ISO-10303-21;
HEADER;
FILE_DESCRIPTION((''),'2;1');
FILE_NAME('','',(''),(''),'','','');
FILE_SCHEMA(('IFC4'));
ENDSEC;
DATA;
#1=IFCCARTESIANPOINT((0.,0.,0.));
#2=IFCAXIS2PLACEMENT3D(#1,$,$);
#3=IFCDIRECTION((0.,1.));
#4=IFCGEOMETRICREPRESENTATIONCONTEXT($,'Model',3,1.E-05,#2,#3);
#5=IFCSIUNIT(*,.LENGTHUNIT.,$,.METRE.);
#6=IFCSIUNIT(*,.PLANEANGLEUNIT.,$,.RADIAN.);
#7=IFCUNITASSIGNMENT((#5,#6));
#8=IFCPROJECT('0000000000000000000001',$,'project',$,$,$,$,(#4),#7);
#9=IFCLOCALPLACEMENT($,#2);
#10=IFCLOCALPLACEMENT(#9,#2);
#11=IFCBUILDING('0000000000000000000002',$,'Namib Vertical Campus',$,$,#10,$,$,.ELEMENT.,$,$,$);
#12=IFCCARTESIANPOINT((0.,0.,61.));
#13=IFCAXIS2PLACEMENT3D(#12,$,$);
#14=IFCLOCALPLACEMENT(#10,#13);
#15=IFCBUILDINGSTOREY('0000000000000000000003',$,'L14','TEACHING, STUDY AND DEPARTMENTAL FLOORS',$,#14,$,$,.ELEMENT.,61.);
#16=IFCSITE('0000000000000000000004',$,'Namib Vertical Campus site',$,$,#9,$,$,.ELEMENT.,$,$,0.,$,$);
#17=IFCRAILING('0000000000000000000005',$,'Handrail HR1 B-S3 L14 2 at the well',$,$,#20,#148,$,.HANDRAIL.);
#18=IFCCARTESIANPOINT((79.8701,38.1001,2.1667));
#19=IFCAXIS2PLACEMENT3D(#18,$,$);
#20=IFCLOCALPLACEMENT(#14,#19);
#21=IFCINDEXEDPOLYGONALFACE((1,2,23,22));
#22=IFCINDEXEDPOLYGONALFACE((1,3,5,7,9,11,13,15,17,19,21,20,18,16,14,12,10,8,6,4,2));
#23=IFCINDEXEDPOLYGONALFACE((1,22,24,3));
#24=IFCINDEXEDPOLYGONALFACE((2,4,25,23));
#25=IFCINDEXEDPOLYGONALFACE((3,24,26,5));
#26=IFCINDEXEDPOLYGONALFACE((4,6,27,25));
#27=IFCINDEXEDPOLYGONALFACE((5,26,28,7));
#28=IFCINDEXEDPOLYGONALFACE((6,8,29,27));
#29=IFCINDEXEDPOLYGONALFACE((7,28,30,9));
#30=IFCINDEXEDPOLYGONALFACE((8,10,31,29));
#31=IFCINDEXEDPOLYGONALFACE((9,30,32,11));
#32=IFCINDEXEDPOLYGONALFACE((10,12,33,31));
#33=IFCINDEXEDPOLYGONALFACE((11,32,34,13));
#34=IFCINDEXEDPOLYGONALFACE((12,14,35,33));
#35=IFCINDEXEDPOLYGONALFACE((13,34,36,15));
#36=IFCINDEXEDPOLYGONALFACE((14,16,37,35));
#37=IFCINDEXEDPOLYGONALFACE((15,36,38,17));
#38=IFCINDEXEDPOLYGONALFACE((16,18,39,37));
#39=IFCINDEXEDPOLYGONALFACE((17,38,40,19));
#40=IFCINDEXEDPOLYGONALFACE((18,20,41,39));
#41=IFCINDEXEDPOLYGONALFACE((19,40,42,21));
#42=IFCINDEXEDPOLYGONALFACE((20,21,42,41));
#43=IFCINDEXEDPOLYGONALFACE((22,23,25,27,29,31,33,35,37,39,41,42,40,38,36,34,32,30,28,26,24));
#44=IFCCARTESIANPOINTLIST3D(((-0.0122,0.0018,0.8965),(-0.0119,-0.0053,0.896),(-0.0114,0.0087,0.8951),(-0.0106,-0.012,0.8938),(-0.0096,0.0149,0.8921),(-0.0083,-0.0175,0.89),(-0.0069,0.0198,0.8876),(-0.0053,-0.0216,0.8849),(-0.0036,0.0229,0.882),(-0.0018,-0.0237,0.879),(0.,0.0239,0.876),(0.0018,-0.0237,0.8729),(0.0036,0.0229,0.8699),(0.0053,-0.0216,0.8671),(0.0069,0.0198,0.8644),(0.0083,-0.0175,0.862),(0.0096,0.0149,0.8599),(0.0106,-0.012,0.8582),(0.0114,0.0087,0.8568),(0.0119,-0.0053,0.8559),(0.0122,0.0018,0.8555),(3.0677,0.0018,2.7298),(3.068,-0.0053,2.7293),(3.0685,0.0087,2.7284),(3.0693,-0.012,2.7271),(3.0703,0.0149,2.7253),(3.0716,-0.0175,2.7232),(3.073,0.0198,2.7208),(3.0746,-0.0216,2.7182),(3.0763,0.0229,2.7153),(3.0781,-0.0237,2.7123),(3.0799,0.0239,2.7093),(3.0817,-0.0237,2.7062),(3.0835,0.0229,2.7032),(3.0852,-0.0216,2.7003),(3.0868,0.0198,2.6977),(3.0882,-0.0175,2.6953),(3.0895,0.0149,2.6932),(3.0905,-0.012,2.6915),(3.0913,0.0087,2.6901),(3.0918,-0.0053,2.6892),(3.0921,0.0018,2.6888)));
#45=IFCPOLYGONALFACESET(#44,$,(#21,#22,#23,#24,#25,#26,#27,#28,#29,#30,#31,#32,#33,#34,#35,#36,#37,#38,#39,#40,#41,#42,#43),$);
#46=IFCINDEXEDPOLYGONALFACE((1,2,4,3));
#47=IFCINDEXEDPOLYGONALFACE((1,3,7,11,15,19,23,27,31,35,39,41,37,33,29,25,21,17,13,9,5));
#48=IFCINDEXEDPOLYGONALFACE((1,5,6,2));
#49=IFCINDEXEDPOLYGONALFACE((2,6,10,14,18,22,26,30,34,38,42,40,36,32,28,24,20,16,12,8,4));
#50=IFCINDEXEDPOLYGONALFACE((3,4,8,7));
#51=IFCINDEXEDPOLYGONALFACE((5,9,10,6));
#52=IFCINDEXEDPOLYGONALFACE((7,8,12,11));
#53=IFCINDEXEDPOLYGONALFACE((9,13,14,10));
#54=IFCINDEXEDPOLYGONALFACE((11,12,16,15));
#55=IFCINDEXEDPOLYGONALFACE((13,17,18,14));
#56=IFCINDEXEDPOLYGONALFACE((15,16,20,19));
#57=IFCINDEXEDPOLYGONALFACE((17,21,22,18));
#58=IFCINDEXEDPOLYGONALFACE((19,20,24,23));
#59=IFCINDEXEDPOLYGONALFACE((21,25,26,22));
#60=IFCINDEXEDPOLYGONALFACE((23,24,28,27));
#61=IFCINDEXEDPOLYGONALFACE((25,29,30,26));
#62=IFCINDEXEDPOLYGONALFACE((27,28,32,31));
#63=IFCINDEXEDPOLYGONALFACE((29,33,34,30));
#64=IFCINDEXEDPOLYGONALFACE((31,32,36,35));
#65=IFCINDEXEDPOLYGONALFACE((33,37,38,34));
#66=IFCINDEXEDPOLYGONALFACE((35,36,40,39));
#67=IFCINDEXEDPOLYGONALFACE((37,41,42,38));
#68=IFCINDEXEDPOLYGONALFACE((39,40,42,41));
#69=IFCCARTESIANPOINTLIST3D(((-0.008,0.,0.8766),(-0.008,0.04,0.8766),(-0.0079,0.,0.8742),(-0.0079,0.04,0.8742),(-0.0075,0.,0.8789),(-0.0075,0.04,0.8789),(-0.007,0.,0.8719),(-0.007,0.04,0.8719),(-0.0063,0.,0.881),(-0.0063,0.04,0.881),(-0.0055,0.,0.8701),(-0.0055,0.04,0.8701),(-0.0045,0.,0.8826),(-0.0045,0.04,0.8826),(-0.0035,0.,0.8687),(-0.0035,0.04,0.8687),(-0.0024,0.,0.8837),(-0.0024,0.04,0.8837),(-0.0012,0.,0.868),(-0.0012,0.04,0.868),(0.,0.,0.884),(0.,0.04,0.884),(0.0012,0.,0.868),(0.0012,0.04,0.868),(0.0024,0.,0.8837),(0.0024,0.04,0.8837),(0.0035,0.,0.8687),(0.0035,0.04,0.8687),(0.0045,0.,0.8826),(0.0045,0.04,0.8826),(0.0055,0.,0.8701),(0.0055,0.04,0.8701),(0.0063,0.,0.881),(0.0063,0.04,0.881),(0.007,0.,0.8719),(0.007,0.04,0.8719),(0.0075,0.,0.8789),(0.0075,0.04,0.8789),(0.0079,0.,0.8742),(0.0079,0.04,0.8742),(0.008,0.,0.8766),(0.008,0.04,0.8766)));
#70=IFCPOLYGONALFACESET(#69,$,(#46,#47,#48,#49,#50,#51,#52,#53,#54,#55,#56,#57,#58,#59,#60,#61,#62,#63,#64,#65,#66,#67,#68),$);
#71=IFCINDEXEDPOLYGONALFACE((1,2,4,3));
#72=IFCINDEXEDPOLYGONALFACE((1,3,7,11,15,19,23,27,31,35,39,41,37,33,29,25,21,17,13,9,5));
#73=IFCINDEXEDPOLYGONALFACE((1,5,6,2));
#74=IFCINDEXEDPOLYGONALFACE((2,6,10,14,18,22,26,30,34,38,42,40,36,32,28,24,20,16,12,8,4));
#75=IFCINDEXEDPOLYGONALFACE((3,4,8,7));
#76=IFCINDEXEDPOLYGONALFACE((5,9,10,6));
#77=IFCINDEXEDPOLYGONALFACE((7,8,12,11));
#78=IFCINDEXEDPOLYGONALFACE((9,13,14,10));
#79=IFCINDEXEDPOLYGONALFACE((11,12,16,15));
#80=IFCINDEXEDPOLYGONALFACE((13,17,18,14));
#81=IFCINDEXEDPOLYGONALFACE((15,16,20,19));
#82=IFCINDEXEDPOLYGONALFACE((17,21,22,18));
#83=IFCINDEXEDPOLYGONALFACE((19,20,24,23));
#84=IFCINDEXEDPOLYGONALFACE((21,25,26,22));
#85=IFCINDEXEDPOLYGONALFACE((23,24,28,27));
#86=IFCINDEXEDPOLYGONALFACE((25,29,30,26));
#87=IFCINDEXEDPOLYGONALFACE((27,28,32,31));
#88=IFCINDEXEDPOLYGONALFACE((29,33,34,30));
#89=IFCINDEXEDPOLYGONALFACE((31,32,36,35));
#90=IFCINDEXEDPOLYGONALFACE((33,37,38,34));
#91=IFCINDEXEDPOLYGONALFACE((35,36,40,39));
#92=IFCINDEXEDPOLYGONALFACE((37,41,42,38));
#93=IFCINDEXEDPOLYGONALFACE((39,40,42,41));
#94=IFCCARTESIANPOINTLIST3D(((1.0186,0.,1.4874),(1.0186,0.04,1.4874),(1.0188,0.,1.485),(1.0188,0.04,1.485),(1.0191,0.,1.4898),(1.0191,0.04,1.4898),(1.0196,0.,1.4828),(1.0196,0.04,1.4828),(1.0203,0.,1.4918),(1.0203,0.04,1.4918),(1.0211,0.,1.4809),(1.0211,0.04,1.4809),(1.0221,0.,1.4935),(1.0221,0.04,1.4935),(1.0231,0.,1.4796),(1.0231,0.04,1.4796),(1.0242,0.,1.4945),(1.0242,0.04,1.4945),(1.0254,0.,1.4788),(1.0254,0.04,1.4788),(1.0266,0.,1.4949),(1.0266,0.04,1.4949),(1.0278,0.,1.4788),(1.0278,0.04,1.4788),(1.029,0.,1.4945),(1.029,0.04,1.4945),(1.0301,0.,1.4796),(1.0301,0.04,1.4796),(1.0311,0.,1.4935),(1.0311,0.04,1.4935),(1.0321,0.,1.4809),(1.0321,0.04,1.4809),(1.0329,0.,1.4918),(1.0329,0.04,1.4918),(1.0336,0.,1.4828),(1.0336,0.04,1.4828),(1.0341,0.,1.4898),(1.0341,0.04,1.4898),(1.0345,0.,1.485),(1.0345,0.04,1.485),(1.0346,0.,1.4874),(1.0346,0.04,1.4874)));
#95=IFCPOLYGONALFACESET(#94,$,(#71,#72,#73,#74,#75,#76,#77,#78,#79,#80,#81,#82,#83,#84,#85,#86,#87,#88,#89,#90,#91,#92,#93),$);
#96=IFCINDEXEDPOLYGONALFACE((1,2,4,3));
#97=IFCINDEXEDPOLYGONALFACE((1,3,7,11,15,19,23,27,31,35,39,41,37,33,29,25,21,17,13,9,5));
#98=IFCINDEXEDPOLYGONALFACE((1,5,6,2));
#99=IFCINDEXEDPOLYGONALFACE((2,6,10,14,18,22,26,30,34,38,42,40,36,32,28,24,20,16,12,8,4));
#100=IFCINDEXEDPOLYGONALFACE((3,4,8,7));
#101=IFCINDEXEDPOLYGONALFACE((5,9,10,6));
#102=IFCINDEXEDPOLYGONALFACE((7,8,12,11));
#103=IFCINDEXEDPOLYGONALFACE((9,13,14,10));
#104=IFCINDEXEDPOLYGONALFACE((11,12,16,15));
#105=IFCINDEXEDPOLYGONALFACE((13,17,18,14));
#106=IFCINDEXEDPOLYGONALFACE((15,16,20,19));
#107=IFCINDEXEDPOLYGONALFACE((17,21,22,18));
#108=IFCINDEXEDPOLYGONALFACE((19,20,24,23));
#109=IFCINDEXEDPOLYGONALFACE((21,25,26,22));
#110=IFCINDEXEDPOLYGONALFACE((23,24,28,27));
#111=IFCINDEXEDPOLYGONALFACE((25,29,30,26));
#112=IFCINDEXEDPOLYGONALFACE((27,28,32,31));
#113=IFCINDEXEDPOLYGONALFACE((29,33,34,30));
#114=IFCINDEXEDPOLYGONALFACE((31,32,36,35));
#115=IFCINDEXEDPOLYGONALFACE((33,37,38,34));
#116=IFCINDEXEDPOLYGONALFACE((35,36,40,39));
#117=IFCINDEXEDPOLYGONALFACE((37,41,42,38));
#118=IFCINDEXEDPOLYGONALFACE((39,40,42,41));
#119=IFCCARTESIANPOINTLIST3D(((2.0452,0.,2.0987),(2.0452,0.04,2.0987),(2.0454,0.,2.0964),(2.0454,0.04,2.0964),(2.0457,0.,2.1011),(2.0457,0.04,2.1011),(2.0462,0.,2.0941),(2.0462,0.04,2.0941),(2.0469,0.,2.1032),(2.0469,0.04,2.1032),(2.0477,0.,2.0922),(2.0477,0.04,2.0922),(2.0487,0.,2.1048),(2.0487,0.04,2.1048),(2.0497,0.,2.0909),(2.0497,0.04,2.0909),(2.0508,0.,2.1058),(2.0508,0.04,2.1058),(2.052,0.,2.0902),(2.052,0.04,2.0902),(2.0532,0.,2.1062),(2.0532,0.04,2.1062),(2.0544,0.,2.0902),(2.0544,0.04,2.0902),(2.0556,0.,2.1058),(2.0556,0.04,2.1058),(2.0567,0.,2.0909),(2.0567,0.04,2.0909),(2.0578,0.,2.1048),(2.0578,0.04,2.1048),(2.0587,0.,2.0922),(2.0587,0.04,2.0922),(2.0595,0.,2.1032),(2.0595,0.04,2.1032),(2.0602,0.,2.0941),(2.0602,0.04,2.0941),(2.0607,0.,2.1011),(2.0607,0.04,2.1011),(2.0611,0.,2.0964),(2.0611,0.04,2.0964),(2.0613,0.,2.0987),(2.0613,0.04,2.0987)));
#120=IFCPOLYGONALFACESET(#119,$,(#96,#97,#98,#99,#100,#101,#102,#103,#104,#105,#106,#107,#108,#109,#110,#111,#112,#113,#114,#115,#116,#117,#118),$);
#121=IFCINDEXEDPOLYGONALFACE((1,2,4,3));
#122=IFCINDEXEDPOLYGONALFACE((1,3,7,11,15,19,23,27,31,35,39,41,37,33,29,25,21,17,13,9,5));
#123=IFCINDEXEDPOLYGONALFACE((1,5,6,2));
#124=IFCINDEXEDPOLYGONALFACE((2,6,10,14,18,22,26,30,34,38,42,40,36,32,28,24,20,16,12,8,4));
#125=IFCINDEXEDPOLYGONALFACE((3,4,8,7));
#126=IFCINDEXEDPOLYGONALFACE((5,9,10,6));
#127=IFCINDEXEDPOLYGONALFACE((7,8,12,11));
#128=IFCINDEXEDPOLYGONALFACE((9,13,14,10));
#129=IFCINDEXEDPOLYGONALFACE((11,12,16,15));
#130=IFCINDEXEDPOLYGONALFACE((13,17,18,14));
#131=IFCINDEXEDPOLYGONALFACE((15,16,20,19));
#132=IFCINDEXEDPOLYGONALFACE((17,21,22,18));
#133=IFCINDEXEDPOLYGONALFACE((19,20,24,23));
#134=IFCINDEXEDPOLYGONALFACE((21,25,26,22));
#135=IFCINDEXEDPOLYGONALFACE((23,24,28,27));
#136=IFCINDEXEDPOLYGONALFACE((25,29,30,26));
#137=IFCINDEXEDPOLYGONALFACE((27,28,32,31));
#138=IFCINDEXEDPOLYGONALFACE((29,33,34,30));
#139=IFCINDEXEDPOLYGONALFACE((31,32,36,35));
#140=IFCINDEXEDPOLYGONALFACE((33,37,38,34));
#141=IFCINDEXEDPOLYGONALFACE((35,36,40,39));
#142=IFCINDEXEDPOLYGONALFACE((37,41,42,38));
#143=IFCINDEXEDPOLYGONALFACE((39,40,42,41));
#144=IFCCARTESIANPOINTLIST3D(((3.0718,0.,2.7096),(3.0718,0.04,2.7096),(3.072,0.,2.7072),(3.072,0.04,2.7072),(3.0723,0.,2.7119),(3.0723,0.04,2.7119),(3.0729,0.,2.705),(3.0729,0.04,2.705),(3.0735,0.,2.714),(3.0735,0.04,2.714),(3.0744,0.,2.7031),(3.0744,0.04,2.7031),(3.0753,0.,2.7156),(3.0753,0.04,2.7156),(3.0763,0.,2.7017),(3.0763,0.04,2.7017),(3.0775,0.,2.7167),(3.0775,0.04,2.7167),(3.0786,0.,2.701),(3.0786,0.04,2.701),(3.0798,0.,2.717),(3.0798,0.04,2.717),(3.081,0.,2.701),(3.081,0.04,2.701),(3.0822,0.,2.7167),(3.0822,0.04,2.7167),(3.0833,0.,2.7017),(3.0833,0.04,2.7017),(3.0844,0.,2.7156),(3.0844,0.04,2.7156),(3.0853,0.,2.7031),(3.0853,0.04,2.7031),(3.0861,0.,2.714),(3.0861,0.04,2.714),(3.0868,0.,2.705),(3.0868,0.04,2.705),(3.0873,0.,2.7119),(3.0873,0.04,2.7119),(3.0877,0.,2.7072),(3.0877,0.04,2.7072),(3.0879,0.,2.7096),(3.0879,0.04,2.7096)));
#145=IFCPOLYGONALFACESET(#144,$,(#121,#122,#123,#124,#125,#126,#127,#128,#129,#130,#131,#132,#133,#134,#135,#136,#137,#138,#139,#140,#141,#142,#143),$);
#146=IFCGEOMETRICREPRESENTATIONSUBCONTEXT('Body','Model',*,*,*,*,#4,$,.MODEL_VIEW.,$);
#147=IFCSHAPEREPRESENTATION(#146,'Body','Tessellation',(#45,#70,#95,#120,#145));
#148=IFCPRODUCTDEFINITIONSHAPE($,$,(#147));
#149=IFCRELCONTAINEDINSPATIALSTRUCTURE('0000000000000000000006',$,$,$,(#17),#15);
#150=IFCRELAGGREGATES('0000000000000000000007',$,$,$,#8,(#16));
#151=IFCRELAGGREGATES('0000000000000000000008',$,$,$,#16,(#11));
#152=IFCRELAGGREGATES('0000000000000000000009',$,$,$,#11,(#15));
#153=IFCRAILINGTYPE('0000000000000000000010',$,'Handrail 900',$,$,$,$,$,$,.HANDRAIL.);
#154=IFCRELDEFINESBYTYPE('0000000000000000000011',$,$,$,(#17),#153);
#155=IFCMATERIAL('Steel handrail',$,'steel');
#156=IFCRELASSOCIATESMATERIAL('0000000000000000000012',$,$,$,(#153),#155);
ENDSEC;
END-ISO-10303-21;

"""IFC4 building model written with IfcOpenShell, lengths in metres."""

from ifc_helpers import new_model, si_unit, direction, frame, origin, origin_2d, place, context, subcontext, project, spatial, circle, extrude, material, type_object, element, save


model = new_model("IFC4")

# Units and contexts
model_context = context("Model", 3, precision=1e-05, world=origin(), true_north=direction((0.0, 1.0)))
body_context = subcontext(model_context, "Body", "Model", "MODEL_VIEW")
ifc_project = project(units=[si_unit("LENGTHUNIT", "METRE"), si_unit("PLANEANGLEUNIT", "RADIAN")], contexts=[model_context])

# Site, building, storey
site_placement = place(None, origin())
site = spatial("IfcSite", under=ifc_project, at=site_placement, Name="Namib Vertical Campus site", CompositionType="ELEMENT", RefElevation=0.0)
building_placement = place(site_placement, origin())
building = spatial("IfcBuilding", under=site, at=building_placement, Name="Namib Vertical Campus", CompositionType="ELEMENT")
storey_placement = place(building_placement, frame((0.0, 0.0, 61.0)))
storey = spatial("IfcBuildingStorey", under=building, at=storey_placement, Name="L14", Description="TEACHING, STUDY AND DEPARTMENTAL FLOORS", CompositionType="ELEMENT", Elevation=61.0)

# Railing
ifc_material_1 = material(Name="Steel handrail", Category="steel")
railing_type_1 = type_object("IfcRailingType", Name="Handrail 900", PredefinedType="HANDRAIL", material=ifc_material_1)
railing_1_placement = place(storey_placement, frame((79.8701, 38.1001, 2.1667)))
element("IfcRailing", 1, at=railing_1_placement, inside=storey, type_object=railing_type_1, Name="Handrail HR1 B-S3 L14 2 at the well", PredefinedType="HANDRAIL", context=body_context, shape_type="SweptSolid", body=[
    extrude(circle(Radius=0.0239, at=origin_2d()), frame((0.0, 0.0, 0.876), z_axis=(0.859291, 0.0, 0.511487), x_axis=(0.0, 1.0, 0.0)), (0.0, 0.0, 1.0), 3.5842),
    extrude(circle(Radius=0.0081, at=origin_2d()), frame((0.0, 0.0, 0.876), z_axis=(0.0, 1.0, 0.0), x_axis=(0.0, 0.0, 1.0)), (0.0, 0.0, 1.0), 0.04),
    extrude(circle(Radius=0.0081, at=origin_2d()), frame((1.0266, 0.0, 1.4868), z_axis=(0.0, 1.0, 0.0), x_axis=(0.0, 0.0, 1.0)), (0.0, 0.0, 1.0), 0.04),
    extrude(circle(Radius=0.0081, at=origin_2d()), frame((2.0532, 0.0, 2.0981), z_axis=(0.0, 1.0, 0.0), x_axis=(0.0, 0.0, 1.0)), (0.0, 0.0, 1.0), 0.04),
    extrude(circle(Radius=0.0081, at=origin_2d()), frame((3.0798, 0.0, 2.709), z_axis=(0.0, 1.0, 0.0), x_axis=(0.0, 0.0, 1.0)), (0.0, 0.0, 1.0), 0.04),
])

save(model, "model.ifc")
